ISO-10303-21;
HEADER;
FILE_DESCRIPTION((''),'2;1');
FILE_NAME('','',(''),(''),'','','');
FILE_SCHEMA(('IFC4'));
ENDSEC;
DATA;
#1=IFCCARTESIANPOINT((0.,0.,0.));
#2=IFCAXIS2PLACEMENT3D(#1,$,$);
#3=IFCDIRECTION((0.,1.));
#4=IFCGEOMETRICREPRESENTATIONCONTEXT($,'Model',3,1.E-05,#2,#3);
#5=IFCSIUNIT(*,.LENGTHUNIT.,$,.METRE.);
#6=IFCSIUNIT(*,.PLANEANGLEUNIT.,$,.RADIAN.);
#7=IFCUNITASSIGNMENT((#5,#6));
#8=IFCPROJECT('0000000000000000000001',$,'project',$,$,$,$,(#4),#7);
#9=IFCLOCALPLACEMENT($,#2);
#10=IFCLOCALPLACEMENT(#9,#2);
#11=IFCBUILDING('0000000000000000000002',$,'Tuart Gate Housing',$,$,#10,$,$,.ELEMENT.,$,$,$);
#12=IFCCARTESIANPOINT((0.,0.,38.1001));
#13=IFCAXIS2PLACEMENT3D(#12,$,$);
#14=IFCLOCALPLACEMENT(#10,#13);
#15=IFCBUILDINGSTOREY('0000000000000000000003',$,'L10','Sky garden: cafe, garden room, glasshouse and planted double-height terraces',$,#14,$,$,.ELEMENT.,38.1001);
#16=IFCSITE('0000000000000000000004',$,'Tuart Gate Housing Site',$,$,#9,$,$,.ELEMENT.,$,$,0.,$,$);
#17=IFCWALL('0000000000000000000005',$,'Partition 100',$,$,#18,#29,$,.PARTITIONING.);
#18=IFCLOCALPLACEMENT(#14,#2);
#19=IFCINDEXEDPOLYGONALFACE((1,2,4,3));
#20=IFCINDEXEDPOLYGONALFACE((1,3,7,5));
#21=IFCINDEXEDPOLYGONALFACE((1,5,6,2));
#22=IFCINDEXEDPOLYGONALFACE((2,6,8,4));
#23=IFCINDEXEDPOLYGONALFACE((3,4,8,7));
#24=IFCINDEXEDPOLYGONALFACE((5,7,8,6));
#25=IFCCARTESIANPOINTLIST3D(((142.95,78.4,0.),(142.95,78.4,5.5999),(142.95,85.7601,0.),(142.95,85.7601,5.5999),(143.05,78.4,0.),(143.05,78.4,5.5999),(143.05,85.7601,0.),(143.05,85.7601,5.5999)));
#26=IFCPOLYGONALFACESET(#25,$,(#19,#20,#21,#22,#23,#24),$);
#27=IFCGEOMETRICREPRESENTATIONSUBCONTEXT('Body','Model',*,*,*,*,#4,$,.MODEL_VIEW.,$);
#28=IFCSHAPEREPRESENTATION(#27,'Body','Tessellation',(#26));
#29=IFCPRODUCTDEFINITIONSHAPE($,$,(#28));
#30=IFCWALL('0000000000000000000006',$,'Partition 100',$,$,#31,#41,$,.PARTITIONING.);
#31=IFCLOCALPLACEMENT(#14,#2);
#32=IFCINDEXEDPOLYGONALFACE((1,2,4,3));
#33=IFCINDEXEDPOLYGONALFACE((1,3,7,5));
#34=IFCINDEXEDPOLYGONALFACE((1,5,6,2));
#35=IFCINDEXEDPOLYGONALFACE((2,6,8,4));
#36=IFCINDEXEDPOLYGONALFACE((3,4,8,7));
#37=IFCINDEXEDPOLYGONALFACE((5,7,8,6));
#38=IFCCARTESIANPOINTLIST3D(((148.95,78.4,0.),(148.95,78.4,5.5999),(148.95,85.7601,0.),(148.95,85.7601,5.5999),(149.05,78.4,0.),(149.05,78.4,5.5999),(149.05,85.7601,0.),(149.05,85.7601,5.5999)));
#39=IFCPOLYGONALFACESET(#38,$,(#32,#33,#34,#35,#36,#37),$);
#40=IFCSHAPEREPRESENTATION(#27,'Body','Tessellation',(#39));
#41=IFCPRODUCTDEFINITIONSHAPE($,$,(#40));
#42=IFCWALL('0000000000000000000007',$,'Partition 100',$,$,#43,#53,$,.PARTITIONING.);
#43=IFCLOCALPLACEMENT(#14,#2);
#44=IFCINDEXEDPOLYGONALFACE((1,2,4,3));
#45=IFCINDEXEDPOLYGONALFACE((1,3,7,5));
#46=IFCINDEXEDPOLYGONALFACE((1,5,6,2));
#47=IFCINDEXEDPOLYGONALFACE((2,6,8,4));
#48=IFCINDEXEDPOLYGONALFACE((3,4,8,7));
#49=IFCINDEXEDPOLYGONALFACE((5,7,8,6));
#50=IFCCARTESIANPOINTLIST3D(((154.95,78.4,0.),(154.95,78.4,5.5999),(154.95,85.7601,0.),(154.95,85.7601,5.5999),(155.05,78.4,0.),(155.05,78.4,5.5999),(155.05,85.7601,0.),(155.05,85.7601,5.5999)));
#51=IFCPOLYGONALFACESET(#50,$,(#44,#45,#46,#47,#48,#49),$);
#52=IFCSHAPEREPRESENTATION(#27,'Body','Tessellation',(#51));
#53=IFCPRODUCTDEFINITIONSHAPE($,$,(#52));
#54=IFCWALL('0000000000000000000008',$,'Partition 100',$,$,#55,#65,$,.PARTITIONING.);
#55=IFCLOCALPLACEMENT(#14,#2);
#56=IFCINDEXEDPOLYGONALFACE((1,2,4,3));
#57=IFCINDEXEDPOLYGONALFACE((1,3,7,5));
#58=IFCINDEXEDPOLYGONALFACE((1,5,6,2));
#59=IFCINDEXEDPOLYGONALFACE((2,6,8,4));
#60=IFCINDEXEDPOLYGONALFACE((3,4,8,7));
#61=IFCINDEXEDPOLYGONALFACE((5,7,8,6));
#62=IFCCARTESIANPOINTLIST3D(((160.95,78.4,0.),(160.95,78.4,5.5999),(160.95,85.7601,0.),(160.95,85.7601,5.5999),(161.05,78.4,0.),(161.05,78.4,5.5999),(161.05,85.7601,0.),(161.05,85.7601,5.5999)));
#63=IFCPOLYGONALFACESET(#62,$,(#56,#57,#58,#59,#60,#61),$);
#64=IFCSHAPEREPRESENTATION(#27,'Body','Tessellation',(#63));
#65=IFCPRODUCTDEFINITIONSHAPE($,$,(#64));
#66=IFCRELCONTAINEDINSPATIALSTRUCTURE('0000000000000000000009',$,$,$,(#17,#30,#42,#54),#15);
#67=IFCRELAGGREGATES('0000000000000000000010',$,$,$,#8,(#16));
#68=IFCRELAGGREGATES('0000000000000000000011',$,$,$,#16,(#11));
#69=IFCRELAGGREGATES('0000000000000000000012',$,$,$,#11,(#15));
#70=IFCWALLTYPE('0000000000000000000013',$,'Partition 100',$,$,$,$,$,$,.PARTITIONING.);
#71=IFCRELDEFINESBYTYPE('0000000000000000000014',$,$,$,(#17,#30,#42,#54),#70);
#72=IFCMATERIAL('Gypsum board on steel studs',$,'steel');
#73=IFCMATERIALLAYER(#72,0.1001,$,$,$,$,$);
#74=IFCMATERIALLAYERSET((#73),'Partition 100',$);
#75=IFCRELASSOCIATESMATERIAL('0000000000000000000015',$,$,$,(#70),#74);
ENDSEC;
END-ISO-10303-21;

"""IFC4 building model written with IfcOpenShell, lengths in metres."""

from ifc_helpers import new_model, si_unit, direction, frame, frame_2d, origin, place, context, subcontext, project, spatial, rectangle, extrude, material, layer, layer_set, type_object, element, save


model = new_model("IFC4")

# Units and contexts
model_context = context("Model", 3, precision=1e-05, world=origin(), true_north=direction((0.0, 1.0)))
body_context = subcontext(model_context, "Body", "Model", "MODEL_VIEW")
ifc_project = project(units=[si_unit("LENGTHUNIT", "METRE"), si_unit("PLANEANGLEUNIT", "RADIAN")], contexts=[model_context])

# Site, building, storey
site_placement = place(None, origin())
site = spatial("IfcSite", under=ifc_project, at=site_placement, Name="Tuart Gate Housing Site", CompositionType="ELEMENT", RefElevation=0.0)
building_placement = place(site_placement, origin())
building = spatial("IfcBuilding", under=site, at=building_placement, Name="Tuart Gate Housing", CompositionType="ELEMENT")
storey_placement = place(building_placement, frame((0.0, 0.0, 38.1001)))
storey = spatial("IfcBuildingStorey", under=building, at=storey_placement, Name="L10", Description="Sky garden: cafe, garden room, glasshouse and planted double-height terraces", CompositionType="ELEMENT", Elevation=38.1001)

# Walls
ifc_material_1 = material(Name="Gypsum board on steel studs", Category="steel")
ifc_layer_1 = layer(ifc_material_1, 0.1001)
ifc_layer_set_1 = layer_set([ifc_layer_1], Name="Partition 100")
wall_type_1 = type_object("IfcWallType", Name="Partition 100", PredefinedType="PARTITIONING", material=ifc_layer_set_1)
for number, where, z_axis, x_axis, name in (
    (1, (143.0, 78.3999, 0.0), (0.0, 0.0, 1.0), (0.0, 1.0, 0.0), "Partition 100"),
    (2, (149.0, 78.3999, 0.0), (0.0, 0.0, 1.0), (0.0, 1.0, 0.0), "Partition 100"),
    (3, (155.0, 78.3999, 0.0), (0.0, 0.0, 1.0), (0.0, 1.0, 0.0), "Partition 100"),
    (4, (161.0, 78.3999, 0.0), (0.0, 0.0, 1.0), (0.0, 1.0, 0.0), "Partition 100"),
):
    element("IfcWall", number, at=place(storey_placement, frame(where, z_axis=z_axis, x_axis=x_axis)), inside=storey, type_object=wall_type_1, Name=name, PredefinedType="PARTITIONING", context=body_context, shape_type="SweptSolid", body=[
        extrude(rectangle(XDim=7.3601, YDim=0.1001, at=frame_2d((3.6802, 0.0))), origin(), (0.0, 0.0, 1.0), 5.5999),
    ])

save(model, "model.ifc")
